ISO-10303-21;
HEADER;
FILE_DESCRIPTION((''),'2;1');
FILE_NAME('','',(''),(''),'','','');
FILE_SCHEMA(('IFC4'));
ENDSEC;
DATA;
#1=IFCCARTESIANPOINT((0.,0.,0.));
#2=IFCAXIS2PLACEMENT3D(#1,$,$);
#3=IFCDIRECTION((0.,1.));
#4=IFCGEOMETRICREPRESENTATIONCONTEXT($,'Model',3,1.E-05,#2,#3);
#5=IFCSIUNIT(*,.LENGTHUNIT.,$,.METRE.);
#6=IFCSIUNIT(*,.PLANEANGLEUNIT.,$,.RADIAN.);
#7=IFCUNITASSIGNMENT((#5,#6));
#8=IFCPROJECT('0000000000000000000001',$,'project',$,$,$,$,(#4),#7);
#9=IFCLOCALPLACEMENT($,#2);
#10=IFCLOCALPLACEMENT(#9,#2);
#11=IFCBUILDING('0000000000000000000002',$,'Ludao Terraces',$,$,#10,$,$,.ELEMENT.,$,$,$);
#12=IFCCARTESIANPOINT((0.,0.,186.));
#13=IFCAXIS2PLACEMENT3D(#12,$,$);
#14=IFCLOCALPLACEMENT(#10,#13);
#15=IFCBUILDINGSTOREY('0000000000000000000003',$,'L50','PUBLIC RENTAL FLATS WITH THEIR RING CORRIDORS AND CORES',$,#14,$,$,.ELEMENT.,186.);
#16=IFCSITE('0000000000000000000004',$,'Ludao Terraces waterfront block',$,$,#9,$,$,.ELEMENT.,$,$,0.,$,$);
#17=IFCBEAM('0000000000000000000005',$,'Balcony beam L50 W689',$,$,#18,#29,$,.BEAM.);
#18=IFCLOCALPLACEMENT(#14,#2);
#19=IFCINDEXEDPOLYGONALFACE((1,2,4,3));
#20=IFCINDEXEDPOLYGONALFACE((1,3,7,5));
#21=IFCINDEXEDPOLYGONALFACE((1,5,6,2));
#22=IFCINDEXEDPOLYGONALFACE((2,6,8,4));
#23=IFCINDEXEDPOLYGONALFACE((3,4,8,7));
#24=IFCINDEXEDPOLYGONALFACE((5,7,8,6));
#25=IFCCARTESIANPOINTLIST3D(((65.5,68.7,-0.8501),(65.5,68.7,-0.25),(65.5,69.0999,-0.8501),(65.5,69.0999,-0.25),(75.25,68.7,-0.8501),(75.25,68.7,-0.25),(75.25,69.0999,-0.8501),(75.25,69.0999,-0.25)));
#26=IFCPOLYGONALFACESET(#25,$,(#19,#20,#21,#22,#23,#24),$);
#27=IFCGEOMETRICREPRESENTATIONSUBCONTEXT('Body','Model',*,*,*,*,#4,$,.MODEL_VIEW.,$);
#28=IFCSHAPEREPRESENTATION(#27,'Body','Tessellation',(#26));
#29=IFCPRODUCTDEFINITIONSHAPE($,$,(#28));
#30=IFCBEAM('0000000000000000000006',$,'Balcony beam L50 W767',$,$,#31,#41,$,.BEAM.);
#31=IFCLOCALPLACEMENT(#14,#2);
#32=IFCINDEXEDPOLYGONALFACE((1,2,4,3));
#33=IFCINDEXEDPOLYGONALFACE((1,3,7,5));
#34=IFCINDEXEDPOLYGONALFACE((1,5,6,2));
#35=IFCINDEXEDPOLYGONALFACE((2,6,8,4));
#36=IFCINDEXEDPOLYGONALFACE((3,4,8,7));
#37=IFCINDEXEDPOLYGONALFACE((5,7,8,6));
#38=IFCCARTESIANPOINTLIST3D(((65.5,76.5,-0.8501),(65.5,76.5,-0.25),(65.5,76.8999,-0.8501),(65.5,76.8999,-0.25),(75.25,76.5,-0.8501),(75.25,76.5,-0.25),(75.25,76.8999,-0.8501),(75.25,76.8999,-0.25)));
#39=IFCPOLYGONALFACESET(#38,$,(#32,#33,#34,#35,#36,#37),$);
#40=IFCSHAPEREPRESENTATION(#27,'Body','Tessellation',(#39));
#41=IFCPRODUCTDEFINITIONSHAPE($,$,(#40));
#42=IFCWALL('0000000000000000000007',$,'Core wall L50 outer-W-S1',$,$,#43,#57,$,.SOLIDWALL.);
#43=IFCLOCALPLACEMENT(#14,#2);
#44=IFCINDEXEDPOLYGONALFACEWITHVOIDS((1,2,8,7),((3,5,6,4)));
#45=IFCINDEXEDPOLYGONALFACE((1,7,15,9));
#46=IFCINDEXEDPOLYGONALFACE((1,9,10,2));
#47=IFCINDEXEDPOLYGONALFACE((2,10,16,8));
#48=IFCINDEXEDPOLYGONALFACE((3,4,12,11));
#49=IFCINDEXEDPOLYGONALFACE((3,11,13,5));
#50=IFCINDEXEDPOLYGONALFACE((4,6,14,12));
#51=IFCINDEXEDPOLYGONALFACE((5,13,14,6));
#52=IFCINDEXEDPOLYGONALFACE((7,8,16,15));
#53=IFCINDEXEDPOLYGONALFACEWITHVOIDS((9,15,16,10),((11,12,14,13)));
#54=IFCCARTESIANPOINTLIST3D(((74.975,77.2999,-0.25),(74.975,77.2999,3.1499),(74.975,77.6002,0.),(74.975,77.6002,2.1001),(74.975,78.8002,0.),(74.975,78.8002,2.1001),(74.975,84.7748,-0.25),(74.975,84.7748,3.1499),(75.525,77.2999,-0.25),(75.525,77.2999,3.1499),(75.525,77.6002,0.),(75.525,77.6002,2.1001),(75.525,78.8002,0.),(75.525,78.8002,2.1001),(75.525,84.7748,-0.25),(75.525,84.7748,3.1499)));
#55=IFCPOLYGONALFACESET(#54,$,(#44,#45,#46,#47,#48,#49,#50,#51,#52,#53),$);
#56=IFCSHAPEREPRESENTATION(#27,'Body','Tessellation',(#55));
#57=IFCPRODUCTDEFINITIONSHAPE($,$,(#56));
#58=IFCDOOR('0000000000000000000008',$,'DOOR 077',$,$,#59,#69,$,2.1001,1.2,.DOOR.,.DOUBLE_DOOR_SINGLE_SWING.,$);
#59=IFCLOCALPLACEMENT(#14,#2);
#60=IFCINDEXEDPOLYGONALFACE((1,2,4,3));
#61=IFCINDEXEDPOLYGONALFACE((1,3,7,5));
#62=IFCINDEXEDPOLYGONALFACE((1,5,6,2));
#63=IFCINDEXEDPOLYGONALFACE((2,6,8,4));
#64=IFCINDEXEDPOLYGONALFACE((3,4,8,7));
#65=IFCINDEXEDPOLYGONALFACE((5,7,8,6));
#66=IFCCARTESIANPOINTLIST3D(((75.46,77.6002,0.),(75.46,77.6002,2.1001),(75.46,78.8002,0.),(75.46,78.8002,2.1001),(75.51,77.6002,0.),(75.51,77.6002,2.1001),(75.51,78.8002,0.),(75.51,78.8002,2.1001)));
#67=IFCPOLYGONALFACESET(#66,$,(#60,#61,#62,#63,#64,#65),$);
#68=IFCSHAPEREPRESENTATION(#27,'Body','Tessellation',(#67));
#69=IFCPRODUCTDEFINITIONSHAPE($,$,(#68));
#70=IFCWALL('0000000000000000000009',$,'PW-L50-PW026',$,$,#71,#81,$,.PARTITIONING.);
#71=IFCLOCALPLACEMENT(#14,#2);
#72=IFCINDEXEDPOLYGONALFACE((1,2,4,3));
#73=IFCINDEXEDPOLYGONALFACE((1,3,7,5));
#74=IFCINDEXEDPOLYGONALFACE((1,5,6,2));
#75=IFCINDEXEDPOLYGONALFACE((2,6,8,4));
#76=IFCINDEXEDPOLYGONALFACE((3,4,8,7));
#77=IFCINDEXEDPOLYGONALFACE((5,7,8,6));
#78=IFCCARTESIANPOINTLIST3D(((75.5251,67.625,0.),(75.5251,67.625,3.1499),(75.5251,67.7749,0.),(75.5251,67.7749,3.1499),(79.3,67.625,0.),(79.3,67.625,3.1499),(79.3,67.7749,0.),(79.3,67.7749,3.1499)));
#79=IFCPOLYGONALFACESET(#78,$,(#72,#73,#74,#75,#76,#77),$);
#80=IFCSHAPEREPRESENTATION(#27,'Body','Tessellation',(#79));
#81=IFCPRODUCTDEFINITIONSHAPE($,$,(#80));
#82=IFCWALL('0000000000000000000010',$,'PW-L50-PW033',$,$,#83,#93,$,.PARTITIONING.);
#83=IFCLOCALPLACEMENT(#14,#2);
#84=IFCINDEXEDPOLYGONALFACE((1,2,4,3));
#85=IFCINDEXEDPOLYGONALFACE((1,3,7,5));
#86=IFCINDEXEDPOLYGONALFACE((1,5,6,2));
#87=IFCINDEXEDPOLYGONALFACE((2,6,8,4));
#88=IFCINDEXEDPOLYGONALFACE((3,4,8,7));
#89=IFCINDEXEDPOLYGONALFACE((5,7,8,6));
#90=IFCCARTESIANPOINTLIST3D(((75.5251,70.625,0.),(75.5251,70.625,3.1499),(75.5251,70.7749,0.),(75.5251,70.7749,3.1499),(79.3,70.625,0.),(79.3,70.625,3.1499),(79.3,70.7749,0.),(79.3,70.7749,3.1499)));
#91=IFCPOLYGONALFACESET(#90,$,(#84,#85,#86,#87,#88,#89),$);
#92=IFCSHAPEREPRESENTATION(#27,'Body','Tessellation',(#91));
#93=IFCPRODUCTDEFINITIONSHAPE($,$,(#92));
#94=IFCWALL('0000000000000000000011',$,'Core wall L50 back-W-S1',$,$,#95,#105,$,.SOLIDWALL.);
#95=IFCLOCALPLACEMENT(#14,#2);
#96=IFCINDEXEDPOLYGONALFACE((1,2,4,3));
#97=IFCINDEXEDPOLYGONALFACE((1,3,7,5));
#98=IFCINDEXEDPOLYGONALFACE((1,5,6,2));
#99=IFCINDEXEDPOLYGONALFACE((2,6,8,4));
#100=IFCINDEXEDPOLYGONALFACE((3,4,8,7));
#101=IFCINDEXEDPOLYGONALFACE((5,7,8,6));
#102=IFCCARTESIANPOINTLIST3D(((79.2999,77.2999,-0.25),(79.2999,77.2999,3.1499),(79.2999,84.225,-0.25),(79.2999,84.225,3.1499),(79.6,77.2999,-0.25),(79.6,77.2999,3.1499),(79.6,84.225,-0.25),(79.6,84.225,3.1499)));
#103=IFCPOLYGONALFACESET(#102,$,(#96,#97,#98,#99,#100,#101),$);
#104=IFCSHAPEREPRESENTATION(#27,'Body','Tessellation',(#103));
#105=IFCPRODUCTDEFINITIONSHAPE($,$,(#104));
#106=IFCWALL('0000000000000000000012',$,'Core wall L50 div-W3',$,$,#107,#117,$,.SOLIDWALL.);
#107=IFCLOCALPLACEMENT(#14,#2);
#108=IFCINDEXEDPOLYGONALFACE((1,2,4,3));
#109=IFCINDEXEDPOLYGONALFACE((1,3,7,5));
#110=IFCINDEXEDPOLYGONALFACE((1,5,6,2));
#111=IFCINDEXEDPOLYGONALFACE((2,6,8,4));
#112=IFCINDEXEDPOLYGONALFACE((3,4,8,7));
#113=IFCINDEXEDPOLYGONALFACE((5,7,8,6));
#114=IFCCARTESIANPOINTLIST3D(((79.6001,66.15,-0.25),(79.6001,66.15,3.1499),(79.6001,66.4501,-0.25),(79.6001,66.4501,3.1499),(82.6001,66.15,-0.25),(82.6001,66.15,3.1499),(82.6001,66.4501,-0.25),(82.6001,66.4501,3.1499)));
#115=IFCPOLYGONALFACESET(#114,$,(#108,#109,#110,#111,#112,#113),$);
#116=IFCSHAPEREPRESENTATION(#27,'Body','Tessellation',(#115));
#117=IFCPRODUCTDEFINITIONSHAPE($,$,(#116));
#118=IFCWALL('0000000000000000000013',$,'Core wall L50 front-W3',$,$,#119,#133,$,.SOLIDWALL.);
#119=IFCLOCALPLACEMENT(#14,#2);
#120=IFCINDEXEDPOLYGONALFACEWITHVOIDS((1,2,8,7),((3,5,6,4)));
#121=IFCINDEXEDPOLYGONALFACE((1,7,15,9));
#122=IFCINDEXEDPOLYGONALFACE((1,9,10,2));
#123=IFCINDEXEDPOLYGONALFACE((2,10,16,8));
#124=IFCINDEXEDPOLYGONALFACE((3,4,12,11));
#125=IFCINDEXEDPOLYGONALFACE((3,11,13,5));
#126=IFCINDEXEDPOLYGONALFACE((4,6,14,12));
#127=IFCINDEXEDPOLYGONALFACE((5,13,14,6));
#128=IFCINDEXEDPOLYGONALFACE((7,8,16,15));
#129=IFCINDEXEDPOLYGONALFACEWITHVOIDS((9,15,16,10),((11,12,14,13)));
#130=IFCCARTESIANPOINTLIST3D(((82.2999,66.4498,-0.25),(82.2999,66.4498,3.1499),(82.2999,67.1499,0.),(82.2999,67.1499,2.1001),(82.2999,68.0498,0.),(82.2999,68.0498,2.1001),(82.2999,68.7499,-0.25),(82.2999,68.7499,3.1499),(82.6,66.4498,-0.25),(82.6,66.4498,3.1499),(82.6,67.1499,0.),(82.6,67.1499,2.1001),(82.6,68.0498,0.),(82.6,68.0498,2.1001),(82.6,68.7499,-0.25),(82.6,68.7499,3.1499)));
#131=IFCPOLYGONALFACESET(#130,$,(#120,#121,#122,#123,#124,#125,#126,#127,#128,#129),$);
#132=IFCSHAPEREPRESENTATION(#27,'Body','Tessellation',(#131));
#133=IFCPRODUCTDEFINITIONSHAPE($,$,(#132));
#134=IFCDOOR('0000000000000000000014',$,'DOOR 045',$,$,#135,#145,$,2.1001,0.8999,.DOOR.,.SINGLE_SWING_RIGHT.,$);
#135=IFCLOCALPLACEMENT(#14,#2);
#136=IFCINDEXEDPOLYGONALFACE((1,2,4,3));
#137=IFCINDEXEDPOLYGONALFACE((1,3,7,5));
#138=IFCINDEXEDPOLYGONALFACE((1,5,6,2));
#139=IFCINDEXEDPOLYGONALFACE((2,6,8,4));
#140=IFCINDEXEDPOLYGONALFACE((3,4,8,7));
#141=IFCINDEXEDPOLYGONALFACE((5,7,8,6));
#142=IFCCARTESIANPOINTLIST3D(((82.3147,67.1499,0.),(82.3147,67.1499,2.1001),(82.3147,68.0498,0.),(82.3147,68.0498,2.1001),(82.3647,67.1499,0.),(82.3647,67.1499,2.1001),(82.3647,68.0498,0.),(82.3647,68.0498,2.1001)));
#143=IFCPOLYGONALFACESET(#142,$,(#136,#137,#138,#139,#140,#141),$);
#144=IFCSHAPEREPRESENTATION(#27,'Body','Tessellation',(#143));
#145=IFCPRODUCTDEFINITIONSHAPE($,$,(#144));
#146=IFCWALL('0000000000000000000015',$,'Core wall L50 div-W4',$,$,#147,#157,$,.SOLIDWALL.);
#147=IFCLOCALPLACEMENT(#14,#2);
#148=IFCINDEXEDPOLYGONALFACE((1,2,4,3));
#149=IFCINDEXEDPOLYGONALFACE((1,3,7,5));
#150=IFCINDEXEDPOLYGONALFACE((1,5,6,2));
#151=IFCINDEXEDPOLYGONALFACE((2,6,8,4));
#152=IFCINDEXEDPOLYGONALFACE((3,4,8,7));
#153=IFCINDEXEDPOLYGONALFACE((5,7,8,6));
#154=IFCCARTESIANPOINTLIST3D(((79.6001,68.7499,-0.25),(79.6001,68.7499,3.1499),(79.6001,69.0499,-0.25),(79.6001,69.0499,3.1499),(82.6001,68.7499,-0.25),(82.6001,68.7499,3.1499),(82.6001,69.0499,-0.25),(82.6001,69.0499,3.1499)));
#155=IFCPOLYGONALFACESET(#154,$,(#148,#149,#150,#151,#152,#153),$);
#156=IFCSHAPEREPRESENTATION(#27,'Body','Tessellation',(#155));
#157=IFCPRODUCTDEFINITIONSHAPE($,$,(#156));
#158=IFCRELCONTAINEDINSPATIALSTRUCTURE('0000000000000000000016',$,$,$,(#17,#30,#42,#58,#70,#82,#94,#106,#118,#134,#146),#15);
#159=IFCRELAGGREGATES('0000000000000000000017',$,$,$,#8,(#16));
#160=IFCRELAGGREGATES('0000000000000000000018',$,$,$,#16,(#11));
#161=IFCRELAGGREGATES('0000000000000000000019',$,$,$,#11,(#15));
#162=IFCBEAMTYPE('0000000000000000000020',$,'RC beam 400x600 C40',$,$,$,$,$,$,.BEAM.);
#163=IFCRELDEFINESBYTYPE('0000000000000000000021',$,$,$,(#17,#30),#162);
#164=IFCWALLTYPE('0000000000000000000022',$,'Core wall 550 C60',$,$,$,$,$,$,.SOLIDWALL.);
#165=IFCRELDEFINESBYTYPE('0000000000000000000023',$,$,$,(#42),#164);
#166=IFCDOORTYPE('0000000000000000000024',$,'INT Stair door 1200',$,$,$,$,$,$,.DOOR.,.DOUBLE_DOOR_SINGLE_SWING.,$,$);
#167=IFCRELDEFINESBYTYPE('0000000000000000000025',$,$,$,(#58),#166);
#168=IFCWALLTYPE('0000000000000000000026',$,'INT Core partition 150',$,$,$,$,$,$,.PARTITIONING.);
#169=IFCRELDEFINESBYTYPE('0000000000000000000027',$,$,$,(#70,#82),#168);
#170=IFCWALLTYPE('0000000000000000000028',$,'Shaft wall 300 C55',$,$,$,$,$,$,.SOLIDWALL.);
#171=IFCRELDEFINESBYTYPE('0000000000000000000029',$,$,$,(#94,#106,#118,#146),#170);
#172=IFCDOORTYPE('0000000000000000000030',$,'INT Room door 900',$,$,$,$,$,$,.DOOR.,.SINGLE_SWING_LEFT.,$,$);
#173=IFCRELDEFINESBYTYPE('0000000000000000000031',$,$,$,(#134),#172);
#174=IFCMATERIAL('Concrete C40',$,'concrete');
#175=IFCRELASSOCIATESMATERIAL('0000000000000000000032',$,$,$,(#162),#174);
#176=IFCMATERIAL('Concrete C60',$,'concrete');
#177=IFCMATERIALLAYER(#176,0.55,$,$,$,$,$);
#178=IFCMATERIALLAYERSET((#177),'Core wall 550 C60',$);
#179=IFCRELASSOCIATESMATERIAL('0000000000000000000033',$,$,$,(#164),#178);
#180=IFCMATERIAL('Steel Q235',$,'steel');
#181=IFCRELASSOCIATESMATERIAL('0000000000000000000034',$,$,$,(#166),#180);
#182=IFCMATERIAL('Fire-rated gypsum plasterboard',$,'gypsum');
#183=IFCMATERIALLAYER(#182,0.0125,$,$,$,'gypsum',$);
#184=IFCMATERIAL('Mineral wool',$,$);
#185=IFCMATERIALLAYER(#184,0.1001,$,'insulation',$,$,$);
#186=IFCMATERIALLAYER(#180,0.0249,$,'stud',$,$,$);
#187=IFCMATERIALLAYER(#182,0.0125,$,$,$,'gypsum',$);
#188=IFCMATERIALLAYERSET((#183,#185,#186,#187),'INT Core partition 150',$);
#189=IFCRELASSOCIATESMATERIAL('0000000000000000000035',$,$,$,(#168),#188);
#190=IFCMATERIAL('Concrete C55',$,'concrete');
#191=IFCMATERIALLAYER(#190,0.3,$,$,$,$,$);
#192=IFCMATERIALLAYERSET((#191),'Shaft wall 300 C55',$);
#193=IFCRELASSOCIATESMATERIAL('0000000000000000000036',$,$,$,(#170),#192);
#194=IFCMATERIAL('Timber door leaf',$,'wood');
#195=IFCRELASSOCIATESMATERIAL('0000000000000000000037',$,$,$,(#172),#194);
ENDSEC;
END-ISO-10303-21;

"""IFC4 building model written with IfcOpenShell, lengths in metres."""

from ifc_helpers import new_model, si_unit, direction, frame, frame_2d, origin, origin_2d, place, context, subcontext, project, spatial, rectangle, extrude, material, layer, layer_set, material_profile, profile_set, type_object, element, fill, save


model = new_model("IFC4")

# Units and contexts
model_context = context("Model", 3, precision=1e-05, world=origin(), true_north=direction((0.0, 1.0)))
body_context = subcontext(model_context, "Body", "Model", "MODEL_VIEW")
ifc_project = project(units=[si_unit("LENGTHUNIT", "METRE"), si_unit("PLANEANGLEUNIT", "RADIAN")], contexts=[model_context])

# Site, building, storey
site_placement = place(None, origin())
site = spatial("IfcSite", under=ifc_project, at=site_placement, Name="Ludao Terraces waterfront block", CompositionType="ELEMENT", RefElevation=0.0)
building_placement = place(site_placement, origin())
building = spatial("IfcBuilding", under=site, at=building_placement, Name="Ludao Terraces", CompositionType="ELEMENT")
storey_placement = place(building_placement, frame((0.0, 0.0, 186.0)))
storey = spatial("IfcBuildingStorey", under=building, at=storey_placement, Name="L50", Description="PUBLIC RENTAL FLATS WITH THEIR RING CORRIDORS AND CORES", CompositionType="ELEMENT", Elevation=186.0)

# Beams
ifc_material_1 = material(Name="Concrete C40", Category="concrete")
ifc_material_profile = material_profile(ifc_material_1, rectangle(XDim=0.3999, YDim=0.6001, at=origin_2d()), Name="400 X 600")
ifc_profile_set = profile_set([ifc_material_profile], Name="Concrete C40")
beam_type = type_object("IfcBeamType", Name="RC beam 400x600 C40", PredefinedType="BEAM", material=ifc_profile_set)
for number, where, z_axis, x_axis, name in (
    (1, (75.25, 68.8999, -0.55), (-1.0, 0.0, 0.0), (0.0, -1.0, 0.0), "Balcony beam L50 W689"),
    (2, (75.25, 76.7, -0.55), (-1.0, 0.0, 0.0), (0.0, -1.0, 0.0), "Balcony beam L50 W767"),
):
    element("IfcBeam", number, at=place(storey_placement, frame(where, z_axis=z_axis, x_axis=x_axis)), inside=storey, type_object=beam_type, Name=name, PredefinedType="BEAM", context=body_context, shape_type="SweptSolid", body=[
        extrude(rectangle(XDim=0.3999, YDim=0.6001, at=origin_2d()), origin(), (0.0, 0.0, 1.0), 9.75),
    ])

# Wall, opening, door
ifc_material_2 = material(Name="Concrete C60", Category="concrete")
ifc_layer_1 = layer(ifc_material_2, 0.55)
ifc_layer_set_1 = layer_set([ifc_layer_1], Name="Core wall 550 C60")
wall_type_1 = type_object("IfcWallType", Name="Core wall 550 C60", PredefinedType="SOLIDWALL", material=ifc_layer_set_1)
wall_1_placement = place(storey_placement, frame((75.25, 77.3, -0.25), z_axis=(0.0, 0.0, 1.0), x_axis=(0.0, 1.0, 0.0)))
wall_1 = element("IfcWall", 3, at=wall_1_placement, inside=storey, type_object=wall_type_1, Name="Core wall L50 outer-W-S1", PredefinedType="SOLIDWALL", context=body_context, shape_type="SweptSolid", body=[
    extrude(rectangle(XDim=7.4749, YDim=0.55, at=frame_2d((3.7373, 0.0))), origin(), (0.0, 0.0, 1.0), 3.3999),
])
opening_1_placement = place(wall_1_placement, frame((0.3, 0.0, 0.25)))
opening_1 = element("IfcOpeningElement", 4, at=opening_1_placement, cuts=wall_1, PredefinedType="OPENING", context=body_context, shape_type="SweptSolid", body=[
    extrude(rectangle(XDim=1.2, YDim=2.1001, at=frame_2d((0.6001, 1.05))), frame((0.0, 0.2852, 0.0), z_axis=(0.0, -1.0, 0.0), x_axis=(1.0, 0.0, 0.0)), (0.0, 0.0, 1.0), 0.5701),
])
ifc_material_3 = material(Name="Steel Q235", Category="steel")
door_type_1 = type_object("IfcDoorType", Name="INT Stair door 1200", OperationType="DOUBLE_DOOR_SINGLE_SWING", PredefinedType="DOOR", material=ifc_material_3)
door_1_placement = place(opening_1_placement, origin())
door_1 = element("IfcDoor", 5, at=door_1_placement, inside=storey, type_object=door_type_1, Name="DOOR 077", OperationType="DOUBLE_DOOR_SINGLE_SWING", OverallHeight=2.1001, OverallWidth=1.2, PredefinedType="DOOR", context=body_context, shape_type="SweptSolid", body=[
    extrude(rectangle(XDim=1.2, YDim=2.1001, at=frame_2d((0.6001, 1.05))), frame((0.0, -0.21, 0.0), z_axis=(0.0, -1.0, 0.0), x_axis=(1.0, 0.0, 0.0)), (0.0, 0.0, 1.0), 0.05),
])
fill(opening_1, door_1)

# Walls
ifc_material_4 = material(Name="Fire-rated gypsum plasterboard", Category="gypsum")
ifc_layer_2 = layer(ifc_material_4, 0.0125, Category="gypsum")
ifc_material_5 = material(Name="Mineral wool")
ifc_layer_3 = layer(ifc_material_5, 0.1001, Name="insulation")
ifc_layer_4 = layer(ifc_material_3, 0.0249, Name="stud")
ifc_layer_5 = layer(ifc_material_4, 0.0125, Category="gypsum")
ifc_layer_set_2 = layer_set([ifc_layer_2, ifc_layer_3, ifc_layer_4, ifc_layer_5], Name="INT Core partition 150")
wall_type_2 = type_object("IfcWallType", Name="INT Core partition 150", PredefinedType="PARTITIONING", material=ifc_layer_set_2)
for number, where, z_axis, x_axis, name in (
    (6, (75.5251, 67.7, 0.0), (0.0, 0.0, 1.0), (1.0, 0.0, 0.0), "PW-L50-PW026"),
    (7, (75.5251, 70.7, 0.0), (0.0, 0.0, 1.0), (1.0, 0.0, 0.0), "PW-L50-PW033"),
):
    element("IfcWall", number, at=place(storey_placement, frame(where, z_axis=z_axis, x_axis=x_axis)), inside=storey, type_object=wall_type_2, Name=name, PredefinedType="PARTITIONING", context=body_context, shape_type="SweptSolid", body=[
        extrude(rectangle(XDim=3.7749, YDim=0.1499, at=frame_2d((1.8875, 0.0))), origin(), (0.0, 0.0, 1.0), 3.1499),
    ])
ifc_material_6 = material(Name="Concrete C55", Category="concrete")
ifc_layer_6 = layer(ifc_material_6, 0.3)
ifc_layer_set_3 = layer_set([ifc_layer_6], Name="Shaft wall 300 C55")
wall_type_3 = type_object("IfcWallType", Name="Shaft wall 300 C55", PredefinedType="SOLIDWALL", material=ifc_layer_set_3)
wall_2_placement = place(storey_placement, frame((79.45, 77.3, -0.25), z_axis=(0.0, 0.0, 1.0), x_axis=(0.0, 1.0, 0.0)))
element("IfcWall", 8, at=wall_2_placement, inside=storey, type_object=wall_type_3, Name="Core wall L50 back-W-S1", PredefinedType="SOLIDWALL", context=body_context, shape_type="SweptSolid", body=[
    extrude(rectangle(XDim=6.925, YDim=0.3, at=frame_2d((3.4624, 0.0))), origin(), (0.0, 0.0, 1.0), 3.3999),
])
wall_3_placement = place(storey_placement, frame((79.6001, 66.3, -0.25), z_axis=(0.0, 0.0, 1.0), x_axis=(1.0, 0.0, 0.0)))
element("IfcWall", 9, at=wall_3_placement, inside=storey, type_object=wall_type_3, Name="Core wall L50 div-W3", PredefinedType="SOLIDWALL", context=body_context, shape_type="SweptSolid", body=[
    extrude(rectangle(XDim=3.0, YDim=0.3, at=frame_2d((1.5, 0.0))), origin(), (0.0, 0.0, 1.0), 3.3999),
])

# Wall, opening, door
wall_4_placement = place(storey_placement, frame((82.45, 66.45, -0.25), z_axis=(0.0, 0.0, 1.0), x_axis=(0.0, 1.0, 0.0)))
wall_4 = element("IfcWall", 10, at=wall_4_placement, inside=storey, type_object=wall_type_3, Name="Core wall L50 front-W3", PredefinedType="SOLIDWALL", context=body_context, shape_type="SweptSolid", body=[
    extrude(rectangle(XDim=2.3, YDim=0.3, at=frame_2d((1.1499, 0.0))), origin(), (0.0, 0.0, 1.0), 3.3999),
])
opening_2_placement = place(wall_4_placement, frame((0.7, 0.0, 0.25)))
opening_2 = element("IfcOpeningElement", 11, at=opening_2_placement, cuts=wall_4, PredefinedType="OPENING", context=body_context, shape_type="SweptSolid", body=[
    extrude(rectangle(XDim=0.8999, YDim=2.1001, at=frame_2d((0.45, 1.05))), frame((0.0, 0.1602, 0.0), z_axis=(0.0, -1.0, 0.0), x_axis=(1.0, 0.0, 0.0)), (0.0, 0.0, 1.0), 0.3201),
])
ifc_material_7 = material(Name="Timber door leaf", Category="wood")
door_type_2 = type_object("IfcDoorType", Name="INT Room door 900", OperationType="SINGLE_SWING_LEFT", PredefinedType="DOOR", material=ifc_material_7)
door_2_placement = place(opening_2_placement, origin())
door_2 = element("IfcDoor", 12, at=door_2_placement, inside=storey, type_object=door_type_2, Name="DOOR 045", OperationType="SINGLE_SWING_RIGHT", OverallHeight=2.1001, OverallWidth=0.8999, PredefinedType="DOOR", context=body_context, shape_type="SweptSolid", body=[
    extrude(rectangle(XDim=0.8999, YDim=2.1001, at=frame_2d((0.45, 1.05))), frame((0.0, 0.1353, 0.0), z_axis=(0.0, -1.0, 0.0), x_axis=(1.0, 0.0, 0.0)), (0.0, 0.0, 1.0), 0.05),
])
fill(opening_2, door_2)

# Wall
wall_5_placement = place(storey_placement, frame((79.6001, 68.8999, -0.25), z_axis=(0.0, 0.0, 1.0), x_axis=(1.0, 0.0, 0.0)))
element("IfcWall", 13, at=wall_5_placement, inside=storey, type_object=wall_type_3, Name="Core wall L50 div-W4", PredefinedType="SOLIDWALL", context=body_context, shape_type="SweptSolid", body=[
    extrude(rectangle(XDim=3.0, YDim=0.3, at=frame_2d((1.5, 0.0))), origin(), (0.0, 0.0, 1.0), 3.3999),
])

save(model, "model.ifc")
